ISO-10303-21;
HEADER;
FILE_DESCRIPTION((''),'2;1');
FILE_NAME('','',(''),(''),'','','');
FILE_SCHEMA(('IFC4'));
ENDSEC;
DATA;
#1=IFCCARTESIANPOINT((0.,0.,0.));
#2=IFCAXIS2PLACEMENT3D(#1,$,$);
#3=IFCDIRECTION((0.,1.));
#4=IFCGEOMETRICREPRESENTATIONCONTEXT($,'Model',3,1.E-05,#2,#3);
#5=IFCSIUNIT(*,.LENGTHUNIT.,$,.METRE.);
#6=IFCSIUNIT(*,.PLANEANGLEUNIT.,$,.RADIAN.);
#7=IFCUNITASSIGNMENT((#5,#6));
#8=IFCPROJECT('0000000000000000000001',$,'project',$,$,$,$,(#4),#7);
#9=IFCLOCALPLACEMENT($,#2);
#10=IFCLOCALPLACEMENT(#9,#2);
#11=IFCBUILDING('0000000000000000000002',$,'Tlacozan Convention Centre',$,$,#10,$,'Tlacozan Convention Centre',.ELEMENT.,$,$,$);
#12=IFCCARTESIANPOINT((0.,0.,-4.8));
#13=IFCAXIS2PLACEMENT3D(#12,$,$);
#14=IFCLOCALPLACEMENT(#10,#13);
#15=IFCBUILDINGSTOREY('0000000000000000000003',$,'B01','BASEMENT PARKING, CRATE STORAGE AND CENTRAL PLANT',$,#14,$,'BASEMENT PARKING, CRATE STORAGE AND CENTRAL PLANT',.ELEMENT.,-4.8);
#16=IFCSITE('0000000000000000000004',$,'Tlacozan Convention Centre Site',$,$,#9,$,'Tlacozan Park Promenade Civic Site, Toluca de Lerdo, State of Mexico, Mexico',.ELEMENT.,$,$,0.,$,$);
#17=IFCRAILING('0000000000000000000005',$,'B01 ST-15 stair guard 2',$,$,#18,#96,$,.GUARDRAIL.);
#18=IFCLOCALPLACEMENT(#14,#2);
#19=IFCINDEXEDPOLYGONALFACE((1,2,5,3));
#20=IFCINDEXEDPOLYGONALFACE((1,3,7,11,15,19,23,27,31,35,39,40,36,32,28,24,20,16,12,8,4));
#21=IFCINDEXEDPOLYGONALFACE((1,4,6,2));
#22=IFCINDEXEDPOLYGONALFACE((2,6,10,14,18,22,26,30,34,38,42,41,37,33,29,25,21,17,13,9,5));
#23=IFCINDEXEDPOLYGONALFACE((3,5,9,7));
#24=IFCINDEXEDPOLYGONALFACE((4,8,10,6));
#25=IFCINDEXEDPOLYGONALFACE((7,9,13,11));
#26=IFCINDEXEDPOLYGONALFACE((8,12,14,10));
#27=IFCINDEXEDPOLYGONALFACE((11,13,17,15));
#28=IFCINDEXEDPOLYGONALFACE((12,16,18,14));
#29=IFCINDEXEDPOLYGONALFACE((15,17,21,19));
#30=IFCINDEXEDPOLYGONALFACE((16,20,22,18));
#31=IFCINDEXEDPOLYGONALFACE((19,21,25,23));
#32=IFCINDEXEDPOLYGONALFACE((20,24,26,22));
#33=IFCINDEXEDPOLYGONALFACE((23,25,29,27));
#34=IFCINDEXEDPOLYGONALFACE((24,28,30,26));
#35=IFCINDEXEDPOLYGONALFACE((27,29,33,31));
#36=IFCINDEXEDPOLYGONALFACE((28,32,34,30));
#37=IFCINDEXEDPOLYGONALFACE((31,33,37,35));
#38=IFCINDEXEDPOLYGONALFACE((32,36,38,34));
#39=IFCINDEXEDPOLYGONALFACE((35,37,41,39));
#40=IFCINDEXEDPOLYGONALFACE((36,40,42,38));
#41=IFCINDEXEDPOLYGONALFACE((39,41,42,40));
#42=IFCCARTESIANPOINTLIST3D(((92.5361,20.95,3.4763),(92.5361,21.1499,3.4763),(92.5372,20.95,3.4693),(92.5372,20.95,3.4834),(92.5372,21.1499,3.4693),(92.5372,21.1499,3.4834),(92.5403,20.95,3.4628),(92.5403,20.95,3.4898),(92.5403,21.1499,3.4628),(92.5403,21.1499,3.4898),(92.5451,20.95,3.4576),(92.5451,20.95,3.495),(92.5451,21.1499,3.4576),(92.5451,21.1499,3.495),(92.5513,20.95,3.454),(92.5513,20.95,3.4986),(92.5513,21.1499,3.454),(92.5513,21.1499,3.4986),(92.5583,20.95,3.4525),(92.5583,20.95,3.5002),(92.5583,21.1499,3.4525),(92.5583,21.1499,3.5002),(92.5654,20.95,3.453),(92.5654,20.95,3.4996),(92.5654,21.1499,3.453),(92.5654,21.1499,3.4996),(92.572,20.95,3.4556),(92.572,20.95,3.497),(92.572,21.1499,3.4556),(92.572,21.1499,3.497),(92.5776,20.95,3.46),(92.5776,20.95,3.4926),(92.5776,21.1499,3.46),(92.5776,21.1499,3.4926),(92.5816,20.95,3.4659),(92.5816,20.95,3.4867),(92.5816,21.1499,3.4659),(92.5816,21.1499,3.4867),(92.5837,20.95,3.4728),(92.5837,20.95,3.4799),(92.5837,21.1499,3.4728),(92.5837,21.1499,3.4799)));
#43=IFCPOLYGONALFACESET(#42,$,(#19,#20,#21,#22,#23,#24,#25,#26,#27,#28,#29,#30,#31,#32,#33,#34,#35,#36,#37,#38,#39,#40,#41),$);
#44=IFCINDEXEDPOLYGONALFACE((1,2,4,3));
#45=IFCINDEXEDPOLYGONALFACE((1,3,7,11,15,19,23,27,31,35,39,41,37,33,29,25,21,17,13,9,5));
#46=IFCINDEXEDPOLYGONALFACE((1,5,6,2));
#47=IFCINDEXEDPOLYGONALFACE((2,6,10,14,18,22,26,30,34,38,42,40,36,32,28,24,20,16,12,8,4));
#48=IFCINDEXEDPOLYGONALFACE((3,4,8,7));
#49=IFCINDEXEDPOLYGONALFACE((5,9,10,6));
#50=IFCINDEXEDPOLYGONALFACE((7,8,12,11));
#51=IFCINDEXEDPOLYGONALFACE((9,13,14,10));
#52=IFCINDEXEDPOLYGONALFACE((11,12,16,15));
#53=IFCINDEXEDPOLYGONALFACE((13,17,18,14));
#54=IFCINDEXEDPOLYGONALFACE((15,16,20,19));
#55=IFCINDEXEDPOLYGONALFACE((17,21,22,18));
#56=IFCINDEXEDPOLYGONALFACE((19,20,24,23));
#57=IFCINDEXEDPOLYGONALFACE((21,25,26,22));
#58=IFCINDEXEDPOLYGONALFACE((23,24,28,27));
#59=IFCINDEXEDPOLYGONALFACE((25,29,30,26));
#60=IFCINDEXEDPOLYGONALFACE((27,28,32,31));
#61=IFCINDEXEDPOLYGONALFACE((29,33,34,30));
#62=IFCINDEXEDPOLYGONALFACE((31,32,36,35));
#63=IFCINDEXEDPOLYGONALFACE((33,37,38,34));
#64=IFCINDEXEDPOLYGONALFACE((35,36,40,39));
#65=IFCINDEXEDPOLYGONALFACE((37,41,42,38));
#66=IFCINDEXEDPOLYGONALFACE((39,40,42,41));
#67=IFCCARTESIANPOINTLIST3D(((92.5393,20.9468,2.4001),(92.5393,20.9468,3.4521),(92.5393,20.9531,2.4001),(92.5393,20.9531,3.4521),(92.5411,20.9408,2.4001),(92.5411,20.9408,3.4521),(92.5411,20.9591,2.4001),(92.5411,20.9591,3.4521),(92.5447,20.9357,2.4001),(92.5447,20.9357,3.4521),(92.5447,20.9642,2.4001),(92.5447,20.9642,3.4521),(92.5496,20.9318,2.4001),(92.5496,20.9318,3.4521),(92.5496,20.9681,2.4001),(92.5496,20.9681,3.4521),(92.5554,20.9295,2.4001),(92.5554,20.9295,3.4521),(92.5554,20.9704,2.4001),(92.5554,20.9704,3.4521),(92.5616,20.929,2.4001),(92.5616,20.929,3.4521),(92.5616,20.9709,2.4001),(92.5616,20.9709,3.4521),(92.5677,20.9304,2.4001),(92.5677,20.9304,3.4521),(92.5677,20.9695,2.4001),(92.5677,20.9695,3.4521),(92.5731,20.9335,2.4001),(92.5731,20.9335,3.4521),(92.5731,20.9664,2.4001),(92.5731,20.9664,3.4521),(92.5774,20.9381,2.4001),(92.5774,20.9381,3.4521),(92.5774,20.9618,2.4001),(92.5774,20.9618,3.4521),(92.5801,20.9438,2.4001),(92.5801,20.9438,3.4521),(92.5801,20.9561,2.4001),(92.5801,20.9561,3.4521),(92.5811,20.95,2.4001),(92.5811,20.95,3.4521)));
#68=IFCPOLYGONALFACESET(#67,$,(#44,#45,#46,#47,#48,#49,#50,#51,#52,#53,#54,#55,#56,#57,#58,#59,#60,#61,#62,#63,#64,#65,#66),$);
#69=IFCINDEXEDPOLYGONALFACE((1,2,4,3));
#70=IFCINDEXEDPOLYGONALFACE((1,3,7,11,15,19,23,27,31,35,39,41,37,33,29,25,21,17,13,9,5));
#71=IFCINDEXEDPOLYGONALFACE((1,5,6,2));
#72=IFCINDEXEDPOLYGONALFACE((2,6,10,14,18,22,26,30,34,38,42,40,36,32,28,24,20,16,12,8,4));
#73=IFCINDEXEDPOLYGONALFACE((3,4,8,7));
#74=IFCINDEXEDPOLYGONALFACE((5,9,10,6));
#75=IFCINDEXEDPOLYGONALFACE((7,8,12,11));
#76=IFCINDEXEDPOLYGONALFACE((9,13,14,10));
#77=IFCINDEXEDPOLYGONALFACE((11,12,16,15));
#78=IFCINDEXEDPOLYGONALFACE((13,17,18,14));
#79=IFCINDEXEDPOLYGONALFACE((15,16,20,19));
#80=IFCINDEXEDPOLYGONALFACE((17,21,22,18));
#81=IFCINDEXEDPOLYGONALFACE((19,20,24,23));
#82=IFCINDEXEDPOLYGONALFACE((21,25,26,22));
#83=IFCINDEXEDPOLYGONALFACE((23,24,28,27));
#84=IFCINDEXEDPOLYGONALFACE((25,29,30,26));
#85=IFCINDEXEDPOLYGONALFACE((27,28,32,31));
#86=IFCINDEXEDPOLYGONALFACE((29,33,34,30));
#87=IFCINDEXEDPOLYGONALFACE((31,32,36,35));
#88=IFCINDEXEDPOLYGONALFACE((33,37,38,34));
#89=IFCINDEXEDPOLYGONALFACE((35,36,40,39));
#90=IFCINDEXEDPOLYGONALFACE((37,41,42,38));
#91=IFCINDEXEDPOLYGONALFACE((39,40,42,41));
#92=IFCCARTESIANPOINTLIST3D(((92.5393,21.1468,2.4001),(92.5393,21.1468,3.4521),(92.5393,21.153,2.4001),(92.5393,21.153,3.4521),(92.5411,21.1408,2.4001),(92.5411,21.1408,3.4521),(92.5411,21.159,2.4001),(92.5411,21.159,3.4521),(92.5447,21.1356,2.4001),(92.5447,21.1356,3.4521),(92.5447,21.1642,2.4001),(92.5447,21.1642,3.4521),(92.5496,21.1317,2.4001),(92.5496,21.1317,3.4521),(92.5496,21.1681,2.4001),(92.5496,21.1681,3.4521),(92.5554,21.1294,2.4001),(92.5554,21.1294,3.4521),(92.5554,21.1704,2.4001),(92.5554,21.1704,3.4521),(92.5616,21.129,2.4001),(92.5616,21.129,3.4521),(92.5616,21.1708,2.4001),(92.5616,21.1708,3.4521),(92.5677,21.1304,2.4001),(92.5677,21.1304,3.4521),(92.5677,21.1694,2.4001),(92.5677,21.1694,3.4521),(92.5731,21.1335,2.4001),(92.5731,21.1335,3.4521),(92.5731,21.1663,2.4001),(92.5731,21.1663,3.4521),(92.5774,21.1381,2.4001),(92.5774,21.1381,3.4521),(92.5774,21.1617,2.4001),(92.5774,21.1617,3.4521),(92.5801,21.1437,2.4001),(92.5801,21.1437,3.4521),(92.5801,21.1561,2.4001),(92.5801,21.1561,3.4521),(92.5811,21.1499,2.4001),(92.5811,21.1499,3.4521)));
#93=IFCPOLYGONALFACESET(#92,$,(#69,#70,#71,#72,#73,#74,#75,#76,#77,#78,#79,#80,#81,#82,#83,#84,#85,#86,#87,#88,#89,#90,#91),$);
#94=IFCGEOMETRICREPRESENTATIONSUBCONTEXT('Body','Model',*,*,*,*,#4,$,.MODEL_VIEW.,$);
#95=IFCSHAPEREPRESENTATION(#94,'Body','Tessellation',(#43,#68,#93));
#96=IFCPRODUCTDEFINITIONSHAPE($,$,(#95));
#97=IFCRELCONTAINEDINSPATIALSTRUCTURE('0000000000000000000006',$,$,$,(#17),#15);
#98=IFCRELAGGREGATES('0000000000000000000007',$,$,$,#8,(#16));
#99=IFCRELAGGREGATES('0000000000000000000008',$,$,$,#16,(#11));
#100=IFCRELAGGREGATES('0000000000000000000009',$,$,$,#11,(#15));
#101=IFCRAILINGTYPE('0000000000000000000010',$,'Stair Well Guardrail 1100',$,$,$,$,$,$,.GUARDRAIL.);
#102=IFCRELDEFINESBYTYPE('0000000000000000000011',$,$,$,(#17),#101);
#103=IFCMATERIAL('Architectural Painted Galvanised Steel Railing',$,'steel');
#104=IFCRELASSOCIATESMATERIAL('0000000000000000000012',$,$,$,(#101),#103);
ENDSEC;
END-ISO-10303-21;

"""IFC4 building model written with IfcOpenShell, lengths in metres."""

from ifc_helpers import new_model, si_unit, direction, frame, origin, origin_2d, place, context, subcontext, project, spatial, circle, extrude, material, type_object, element, save


model = new_model("IFC4")

# Units and contexts
model_context = context("Model", 3, precision=1e-05, world=origin(), true_north=direction((0.0, 1.0)))
body_context = subcontext(model_context, "Body", "Model", "MODEL_VIEW")
ifc_project = project(units=[si_unit("LENGTHUNIT", "METRE"), si_unit("PLANEANGLEUNIT", "RADIAN")], contexts=[model_context])

# Site, building, storey
site_placement = place(None, origin())
site = spatial("IfcSite", under=ifc_project, at=site_placement, Name="Tlacozan Convention Centre Site", LongName="Tlacozan Park Promenade Civic Site, Toluca de Lerdo, State of Mexico, Mexico", CompositionType="ELEMENT", RefElevation=0.0)
building_placement = place(site_placement, origin())
building = spatial("IfcBuilding", under=site, at=building_placement, Name="Tlacozan Convention Centre", LongName="Tlacozan Convention Centre", CompositionType="ELEMENT")
storey_placement = place(building_placement, frame((0.0, 0.0, -4.8)))
storey = spatial("IfcBuildingStorey", under=building, at=storey_placement, Name="B01", Description="BASEMENT PARKING, CRATE STORAGE AND CENTRAL PLANT", LongName="BASEMENT PARKING, CRATE STORAGE AND CENTRAL PLANT", CompositionType="ELEMENT", Elevation=-4.8)

# Railing
ifc_material_1 = material(Name="Architectural Painted Galvanised Steel Railing", Category="steel")
railing_type_1 = type_object("IfcRailingType", Name="Stair Well Guardrail 1100", PredefinedType="GUARDRAIL", material=ifc_material_1)
railing_1_placement = place(storey_placement, frame((92.5601, 20.95, 2.4001)))
element("IfcRailing", 1, at=railing_1_placement, inside=storey, type_object=railing_type_1, Name="B01 ST-15 stair guard 2", PredefinedType="GUARDRAIL", context=body_context, shape_type="SweptSolid", body=[
    extrude(circle(Radius=0.0239, at=origin_2d()), frame((0.0, 0.0, 1.0762), z_axis=(0.0, 1.0, 0.0), x_axis=(-1.0, 0.0, 0.0)), (0.0, 0.0, 1.0), 0.2),
    extrude(circle(Radius=0.021, at=origin_2d()), origin(), (0.0, 0.0, 1.0), 1.052),
    extrude(circle(Radius=0.021, at=origin_2d()), frame((0.0, 0.2, 0.0)), (0.0, 0.0, 1.0), 1.052),
])

save(model, "model.ifc")
